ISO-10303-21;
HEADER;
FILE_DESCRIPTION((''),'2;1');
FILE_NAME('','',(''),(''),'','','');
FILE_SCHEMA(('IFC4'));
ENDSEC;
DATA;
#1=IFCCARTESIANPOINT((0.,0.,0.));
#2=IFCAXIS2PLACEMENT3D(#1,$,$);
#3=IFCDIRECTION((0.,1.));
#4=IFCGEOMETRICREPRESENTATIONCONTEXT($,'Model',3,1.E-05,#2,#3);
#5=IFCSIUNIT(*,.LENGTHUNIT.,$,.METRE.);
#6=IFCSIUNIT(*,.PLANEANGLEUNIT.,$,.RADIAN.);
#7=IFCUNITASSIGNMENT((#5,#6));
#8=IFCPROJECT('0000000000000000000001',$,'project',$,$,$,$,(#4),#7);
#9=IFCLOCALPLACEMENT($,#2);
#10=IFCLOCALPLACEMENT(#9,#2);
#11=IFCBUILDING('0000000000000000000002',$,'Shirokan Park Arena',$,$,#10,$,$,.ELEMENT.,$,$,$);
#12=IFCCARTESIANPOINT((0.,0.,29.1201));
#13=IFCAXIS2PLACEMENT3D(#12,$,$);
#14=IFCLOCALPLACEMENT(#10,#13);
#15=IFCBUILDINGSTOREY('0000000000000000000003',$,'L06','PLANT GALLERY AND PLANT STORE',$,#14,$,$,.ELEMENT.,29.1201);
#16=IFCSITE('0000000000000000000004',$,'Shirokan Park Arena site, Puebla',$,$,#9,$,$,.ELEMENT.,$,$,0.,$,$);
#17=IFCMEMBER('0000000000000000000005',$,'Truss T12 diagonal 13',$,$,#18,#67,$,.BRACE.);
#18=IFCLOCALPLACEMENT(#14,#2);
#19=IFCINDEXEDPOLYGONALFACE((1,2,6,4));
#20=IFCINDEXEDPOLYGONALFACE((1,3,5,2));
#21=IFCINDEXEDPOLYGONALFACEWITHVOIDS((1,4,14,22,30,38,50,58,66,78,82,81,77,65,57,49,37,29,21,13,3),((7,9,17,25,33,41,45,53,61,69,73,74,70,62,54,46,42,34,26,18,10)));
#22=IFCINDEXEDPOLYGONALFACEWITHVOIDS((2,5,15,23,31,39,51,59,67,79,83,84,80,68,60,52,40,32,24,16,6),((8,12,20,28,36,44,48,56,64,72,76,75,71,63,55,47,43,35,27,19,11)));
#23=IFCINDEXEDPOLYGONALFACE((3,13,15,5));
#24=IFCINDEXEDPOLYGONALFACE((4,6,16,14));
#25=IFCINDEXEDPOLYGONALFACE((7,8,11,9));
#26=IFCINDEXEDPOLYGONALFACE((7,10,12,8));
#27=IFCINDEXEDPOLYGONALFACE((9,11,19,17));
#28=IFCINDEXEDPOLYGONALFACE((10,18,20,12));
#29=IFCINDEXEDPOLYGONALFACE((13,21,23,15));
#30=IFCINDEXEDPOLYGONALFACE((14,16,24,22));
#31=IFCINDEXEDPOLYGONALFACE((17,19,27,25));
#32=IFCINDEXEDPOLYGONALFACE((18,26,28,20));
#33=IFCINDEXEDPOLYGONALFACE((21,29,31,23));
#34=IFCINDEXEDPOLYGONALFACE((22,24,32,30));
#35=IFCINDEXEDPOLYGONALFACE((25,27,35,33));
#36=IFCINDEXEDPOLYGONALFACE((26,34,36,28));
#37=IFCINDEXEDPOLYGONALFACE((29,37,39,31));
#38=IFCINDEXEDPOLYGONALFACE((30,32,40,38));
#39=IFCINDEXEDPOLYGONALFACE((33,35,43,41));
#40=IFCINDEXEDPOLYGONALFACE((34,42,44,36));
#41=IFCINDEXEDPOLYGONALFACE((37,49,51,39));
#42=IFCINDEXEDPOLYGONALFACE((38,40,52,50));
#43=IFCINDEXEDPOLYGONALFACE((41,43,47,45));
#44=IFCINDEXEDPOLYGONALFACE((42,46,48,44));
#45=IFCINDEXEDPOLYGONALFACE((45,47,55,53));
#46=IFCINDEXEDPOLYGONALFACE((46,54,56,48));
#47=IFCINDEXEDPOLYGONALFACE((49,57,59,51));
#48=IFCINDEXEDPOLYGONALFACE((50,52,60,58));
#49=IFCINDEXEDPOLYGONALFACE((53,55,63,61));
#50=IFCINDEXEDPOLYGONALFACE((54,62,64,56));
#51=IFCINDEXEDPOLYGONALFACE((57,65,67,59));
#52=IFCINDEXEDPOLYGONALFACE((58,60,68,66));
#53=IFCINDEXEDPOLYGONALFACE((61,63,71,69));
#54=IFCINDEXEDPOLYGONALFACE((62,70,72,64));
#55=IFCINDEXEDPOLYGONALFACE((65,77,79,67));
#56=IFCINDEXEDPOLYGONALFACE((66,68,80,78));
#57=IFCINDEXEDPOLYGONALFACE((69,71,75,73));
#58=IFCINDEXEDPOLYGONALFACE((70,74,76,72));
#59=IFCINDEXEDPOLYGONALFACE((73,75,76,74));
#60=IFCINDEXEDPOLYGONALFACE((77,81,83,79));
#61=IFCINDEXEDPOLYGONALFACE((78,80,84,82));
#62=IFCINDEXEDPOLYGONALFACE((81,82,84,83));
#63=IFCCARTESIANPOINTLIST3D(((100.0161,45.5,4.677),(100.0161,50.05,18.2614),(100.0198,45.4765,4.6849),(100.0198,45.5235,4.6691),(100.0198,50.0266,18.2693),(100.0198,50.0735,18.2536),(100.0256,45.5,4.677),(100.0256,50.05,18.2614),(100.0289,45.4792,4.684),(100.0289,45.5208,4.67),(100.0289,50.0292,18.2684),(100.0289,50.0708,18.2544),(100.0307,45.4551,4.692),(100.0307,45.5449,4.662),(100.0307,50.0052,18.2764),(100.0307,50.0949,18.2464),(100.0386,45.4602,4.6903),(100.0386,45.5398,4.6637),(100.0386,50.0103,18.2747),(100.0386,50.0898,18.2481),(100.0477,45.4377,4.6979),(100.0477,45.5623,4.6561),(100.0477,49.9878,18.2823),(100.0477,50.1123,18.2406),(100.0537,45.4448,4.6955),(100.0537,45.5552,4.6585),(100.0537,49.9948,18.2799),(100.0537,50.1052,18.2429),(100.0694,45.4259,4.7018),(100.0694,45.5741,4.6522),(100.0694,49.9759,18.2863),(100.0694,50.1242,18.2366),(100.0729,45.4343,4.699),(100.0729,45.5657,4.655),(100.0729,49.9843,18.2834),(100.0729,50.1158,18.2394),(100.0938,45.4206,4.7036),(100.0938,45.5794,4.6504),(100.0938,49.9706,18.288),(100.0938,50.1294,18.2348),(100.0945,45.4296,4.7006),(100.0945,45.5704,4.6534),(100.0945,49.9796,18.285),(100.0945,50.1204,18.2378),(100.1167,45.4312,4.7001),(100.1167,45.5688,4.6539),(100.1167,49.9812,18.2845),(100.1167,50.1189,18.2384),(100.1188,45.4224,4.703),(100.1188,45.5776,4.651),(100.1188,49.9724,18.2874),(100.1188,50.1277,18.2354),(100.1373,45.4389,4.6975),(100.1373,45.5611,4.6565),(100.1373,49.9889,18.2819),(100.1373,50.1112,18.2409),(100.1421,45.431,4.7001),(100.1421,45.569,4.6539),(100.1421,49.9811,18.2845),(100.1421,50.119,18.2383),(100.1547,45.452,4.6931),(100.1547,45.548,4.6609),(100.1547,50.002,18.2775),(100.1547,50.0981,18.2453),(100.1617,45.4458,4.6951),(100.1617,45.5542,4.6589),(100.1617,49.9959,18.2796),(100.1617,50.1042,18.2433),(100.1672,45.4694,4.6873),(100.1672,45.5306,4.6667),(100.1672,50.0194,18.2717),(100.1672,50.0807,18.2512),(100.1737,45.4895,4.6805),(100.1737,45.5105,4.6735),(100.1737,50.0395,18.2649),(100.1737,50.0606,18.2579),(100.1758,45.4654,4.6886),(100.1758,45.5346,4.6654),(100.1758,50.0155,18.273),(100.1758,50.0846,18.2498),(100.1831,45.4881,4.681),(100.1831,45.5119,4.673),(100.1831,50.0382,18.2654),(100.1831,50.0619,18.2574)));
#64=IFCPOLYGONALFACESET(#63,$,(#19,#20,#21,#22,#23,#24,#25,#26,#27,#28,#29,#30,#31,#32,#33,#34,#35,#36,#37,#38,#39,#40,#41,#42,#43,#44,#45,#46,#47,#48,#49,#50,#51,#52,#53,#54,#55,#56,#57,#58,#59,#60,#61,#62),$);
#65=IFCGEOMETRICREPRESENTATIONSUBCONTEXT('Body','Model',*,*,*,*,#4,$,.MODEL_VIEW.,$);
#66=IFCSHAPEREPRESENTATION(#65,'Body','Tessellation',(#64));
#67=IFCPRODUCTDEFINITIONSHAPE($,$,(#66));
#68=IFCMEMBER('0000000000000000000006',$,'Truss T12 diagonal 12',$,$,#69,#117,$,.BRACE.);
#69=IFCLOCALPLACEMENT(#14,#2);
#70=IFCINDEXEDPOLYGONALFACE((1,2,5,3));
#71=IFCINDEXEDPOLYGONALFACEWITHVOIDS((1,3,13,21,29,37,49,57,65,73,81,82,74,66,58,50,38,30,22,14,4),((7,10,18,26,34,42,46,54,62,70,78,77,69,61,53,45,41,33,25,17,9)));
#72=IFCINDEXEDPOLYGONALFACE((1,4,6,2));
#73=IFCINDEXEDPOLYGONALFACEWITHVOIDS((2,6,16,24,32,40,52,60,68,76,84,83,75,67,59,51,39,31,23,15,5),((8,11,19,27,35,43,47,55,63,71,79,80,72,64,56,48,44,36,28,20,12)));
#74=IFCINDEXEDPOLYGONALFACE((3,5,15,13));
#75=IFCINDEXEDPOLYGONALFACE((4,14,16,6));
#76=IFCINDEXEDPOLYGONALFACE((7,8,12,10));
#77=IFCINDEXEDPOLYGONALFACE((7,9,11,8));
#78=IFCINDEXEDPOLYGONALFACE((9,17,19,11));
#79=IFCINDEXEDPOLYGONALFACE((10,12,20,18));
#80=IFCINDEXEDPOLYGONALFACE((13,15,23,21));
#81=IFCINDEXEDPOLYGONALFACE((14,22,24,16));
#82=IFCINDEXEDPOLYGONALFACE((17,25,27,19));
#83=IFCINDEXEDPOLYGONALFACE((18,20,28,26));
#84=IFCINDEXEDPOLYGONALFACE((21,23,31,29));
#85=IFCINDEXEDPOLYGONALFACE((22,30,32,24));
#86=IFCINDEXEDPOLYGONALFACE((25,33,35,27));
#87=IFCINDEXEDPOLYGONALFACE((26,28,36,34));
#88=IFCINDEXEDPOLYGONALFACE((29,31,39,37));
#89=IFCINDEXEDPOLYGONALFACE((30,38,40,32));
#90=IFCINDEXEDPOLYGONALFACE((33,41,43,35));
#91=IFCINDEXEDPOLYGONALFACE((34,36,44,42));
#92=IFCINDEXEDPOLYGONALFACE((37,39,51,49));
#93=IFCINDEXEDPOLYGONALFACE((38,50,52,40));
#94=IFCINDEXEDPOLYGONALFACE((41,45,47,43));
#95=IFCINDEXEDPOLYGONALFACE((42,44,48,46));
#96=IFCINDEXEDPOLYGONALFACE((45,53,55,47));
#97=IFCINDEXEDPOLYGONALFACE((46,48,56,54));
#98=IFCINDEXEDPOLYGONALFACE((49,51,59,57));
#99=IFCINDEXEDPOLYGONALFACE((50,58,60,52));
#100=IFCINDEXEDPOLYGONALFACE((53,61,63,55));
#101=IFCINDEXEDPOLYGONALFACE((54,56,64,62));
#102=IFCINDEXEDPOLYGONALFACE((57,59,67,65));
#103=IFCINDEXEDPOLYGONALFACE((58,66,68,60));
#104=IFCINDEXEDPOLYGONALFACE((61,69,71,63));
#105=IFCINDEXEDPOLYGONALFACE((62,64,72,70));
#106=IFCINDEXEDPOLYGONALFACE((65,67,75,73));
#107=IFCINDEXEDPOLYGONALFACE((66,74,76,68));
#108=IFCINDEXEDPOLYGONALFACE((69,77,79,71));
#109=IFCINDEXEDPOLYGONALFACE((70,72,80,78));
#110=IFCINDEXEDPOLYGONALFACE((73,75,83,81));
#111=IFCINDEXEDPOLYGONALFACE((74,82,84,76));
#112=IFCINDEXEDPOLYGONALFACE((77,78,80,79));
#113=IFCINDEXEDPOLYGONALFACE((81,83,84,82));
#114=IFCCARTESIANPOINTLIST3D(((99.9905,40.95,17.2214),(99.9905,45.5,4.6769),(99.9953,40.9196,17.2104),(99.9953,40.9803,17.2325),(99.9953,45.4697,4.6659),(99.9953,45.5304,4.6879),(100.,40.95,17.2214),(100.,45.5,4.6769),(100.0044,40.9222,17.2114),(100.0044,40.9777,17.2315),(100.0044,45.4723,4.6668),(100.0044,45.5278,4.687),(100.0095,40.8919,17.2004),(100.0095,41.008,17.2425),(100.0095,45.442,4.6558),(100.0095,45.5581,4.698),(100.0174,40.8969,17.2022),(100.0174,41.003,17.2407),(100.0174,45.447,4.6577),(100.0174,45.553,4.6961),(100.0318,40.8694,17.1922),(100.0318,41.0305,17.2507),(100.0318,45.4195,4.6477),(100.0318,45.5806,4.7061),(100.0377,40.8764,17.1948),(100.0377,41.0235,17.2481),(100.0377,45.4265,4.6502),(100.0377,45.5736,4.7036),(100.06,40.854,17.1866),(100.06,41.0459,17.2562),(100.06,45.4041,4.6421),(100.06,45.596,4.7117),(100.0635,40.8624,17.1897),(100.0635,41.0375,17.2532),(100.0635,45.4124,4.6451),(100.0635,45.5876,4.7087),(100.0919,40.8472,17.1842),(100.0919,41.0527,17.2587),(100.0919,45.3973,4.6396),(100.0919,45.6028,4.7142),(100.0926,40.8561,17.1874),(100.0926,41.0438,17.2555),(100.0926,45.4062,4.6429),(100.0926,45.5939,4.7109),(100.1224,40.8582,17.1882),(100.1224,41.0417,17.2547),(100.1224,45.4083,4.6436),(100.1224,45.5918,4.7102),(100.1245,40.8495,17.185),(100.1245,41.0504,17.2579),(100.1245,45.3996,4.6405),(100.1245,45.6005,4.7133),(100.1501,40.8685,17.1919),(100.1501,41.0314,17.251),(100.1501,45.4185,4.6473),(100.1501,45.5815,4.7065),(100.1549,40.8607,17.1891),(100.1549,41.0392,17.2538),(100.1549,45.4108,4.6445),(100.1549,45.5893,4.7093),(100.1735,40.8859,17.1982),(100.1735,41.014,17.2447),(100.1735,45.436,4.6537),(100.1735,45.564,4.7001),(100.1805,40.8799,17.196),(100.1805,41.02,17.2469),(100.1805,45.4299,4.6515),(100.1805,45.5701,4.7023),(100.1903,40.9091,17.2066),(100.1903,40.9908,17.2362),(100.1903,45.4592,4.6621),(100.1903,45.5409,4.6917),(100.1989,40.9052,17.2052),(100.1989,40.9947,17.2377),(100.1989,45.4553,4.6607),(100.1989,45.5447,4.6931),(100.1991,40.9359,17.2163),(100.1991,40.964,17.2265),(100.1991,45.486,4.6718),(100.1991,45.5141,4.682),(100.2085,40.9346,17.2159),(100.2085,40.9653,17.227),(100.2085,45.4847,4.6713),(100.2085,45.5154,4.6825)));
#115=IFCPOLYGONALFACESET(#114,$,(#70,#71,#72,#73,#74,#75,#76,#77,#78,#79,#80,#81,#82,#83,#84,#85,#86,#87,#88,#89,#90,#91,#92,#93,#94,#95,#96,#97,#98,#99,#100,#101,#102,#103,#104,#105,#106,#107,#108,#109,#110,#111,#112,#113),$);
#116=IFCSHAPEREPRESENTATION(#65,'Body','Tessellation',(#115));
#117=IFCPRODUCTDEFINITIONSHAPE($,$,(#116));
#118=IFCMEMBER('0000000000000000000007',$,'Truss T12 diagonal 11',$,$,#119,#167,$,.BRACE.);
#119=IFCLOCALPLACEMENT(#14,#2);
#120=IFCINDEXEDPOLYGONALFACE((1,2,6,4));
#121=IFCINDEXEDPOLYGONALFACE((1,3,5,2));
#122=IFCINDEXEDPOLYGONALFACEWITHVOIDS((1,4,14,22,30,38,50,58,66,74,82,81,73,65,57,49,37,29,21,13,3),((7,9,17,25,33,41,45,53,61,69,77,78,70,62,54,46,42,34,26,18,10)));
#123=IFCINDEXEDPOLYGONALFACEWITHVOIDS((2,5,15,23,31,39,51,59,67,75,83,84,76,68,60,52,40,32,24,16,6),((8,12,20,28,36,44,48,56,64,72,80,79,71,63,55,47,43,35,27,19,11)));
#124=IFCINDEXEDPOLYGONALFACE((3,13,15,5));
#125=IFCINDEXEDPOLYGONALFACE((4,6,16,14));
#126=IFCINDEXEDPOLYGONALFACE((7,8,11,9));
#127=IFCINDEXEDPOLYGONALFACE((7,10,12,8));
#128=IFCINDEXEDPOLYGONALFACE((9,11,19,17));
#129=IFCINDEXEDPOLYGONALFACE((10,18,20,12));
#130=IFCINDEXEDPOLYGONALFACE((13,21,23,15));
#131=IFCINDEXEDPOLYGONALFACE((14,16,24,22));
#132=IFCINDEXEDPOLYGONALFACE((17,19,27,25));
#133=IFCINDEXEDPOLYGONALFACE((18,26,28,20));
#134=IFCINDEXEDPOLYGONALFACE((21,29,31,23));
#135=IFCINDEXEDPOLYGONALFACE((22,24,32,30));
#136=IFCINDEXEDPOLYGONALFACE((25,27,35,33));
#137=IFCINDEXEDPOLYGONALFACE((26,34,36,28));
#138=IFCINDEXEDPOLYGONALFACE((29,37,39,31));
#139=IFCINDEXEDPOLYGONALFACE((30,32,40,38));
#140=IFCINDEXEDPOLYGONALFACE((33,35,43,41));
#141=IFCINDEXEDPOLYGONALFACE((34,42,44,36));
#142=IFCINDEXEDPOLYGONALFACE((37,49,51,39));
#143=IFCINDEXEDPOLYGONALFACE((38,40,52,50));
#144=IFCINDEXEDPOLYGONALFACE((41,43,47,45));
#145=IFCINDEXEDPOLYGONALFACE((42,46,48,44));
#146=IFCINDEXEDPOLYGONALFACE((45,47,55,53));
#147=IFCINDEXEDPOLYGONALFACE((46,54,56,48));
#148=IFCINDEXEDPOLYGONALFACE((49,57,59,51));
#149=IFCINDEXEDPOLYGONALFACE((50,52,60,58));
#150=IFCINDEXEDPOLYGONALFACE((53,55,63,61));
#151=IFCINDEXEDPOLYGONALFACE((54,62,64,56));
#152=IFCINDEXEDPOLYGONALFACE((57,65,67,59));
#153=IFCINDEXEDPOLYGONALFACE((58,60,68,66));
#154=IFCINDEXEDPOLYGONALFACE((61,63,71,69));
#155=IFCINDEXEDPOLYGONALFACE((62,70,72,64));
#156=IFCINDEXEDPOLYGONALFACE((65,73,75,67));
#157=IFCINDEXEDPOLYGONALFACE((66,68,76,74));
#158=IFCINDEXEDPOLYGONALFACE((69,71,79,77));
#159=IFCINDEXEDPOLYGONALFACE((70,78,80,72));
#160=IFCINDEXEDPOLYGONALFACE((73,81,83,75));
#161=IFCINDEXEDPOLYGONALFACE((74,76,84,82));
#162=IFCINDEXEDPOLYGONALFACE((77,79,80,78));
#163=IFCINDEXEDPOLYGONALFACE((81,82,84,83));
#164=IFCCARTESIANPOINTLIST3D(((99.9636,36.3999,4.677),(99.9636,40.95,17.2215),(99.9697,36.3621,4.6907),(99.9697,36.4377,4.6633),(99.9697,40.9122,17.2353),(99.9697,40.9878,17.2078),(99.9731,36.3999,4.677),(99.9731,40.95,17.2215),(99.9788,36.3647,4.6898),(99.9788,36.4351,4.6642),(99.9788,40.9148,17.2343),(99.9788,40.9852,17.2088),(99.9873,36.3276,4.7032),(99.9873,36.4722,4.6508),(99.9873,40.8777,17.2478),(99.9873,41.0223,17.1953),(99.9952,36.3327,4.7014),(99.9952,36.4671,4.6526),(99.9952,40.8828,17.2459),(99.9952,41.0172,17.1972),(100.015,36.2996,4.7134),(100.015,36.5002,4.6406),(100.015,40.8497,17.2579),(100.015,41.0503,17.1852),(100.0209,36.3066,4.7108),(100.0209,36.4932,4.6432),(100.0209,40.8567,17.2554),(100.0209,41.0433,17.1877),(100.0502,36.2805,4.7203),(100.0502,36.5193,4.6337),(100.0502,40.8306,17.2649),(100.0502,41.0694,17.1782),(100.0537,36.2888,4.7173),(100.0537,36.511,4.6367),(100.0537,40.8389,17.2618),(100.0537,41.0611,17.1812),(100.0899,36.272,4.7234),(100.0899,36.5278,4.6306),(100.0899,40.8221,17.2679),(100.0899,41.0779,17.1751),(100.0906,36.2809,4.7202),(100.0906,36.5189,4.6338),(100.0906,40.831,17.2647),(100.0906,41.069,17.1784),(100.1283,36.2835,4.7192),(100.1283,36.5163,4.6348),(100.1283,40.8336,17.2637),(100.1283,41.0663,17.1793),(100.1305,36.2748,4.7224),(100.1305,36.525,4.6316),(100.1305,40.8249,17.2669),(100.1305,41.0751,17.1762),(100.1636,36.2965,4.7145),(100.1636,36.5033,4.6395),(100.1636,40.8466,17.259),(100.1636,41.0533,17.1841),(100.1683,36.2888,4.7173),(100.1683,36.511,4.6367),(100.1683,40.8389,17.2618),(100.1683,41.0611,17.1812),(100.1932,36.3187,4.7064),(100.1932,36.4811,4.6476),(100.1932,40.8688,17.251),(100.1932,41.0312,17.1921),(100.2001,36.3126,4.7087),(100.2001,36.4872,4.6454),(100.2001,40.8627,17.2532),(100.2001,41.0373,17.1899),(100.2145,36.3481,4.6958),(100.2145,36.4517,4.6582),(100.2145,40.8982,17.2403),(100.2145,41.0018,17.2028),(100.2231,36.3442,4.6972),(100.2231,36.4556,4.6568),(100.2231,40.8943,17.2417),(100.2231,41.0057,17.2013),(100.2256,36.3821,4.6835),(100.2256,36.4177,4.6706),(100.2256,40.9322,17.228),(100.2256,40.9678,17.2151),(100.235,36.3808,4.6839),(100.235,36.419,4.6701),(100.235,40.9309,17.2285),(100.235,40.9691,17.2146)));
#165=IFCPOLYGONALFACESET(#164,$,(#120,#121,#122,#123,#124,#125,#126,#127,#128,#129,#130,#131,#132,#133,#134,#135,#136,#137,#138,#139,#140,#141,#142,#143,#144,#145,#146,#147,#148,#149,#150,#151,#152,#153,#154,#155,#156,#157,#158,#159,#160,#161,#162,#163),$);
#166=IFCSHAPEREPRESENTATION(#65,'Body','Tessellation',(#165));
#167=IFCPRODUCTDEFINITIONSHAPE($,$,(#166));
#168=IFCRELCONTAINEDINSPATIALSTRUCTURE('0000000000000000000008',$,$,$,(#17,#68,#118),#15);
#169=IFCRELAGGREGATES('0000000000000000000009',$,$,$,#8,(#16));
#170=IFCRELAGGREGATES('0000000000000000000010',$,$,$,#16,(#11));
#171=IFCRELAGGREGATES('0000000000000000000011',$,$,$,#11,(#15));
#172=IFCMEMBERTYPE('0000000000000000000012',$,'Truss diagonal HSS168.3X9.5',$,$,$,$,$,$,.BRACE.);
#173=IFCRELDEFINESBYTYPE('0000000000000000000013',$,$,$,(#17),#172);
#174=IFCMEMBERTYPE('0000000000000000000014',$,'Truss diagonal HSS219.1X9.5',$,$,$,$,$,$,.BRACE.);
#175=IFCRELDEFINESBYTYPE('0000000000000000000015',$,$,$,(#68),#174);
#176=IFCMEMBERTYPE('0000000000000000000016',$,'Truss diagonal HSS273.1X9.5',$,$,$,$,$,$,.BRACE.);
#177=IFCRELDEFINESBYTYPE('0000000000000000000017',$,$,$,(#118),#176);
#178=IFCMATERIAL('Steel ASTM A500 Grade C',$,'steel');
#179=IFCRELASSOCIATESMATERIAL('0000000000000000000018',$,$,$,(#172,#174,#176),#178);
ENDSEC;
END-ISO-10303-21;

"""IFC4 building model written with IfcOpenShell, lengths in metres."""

from ifc_helpers import new_model, si_unit, direction, frame, origin, origin_2d, place, context, subcontext, project, spatial, hollow_circle, extrude, material, material_profile, profile_set, type_object, element, save


model = new_model("IFC4")

# Units and contexts
model_context = context("Model", 3, precision=1e-05, world=origin(), true_north=direction((0.0, 1.0)))
body_context = subcontext(model_context, "Body", "Model", "MODEL_VIEW")
ifc_project = project(units=[si_unit("LENGTHUNIT", "METRE"), si_unit("PLANEANGLEUNIT", "RADIAN")], contexts=[model_context])

# Site, building, storey
site_placement = place(None, origin())
site = spatial("IfcSite", under=ifc_project, at=site_placement, Name="Shirokan Park Arena site, Puebla", CompositionType="ELEMENT", RefElevation=0.0)
building_placement = place(site_placement, origin())
building = spatial("IfcBuilding", under=site, at=building_placement, Name="Shirokan Park Arena", CompositionType="ELEMENT")
storey_placement = place(building_placement, frame((0.0, 0.0, 29.1201)))
storey = spatial("IfcBuildingStorey", under=building, at=storey_placement, Name="L06", Description="PLANT GALLERY AND PLANT STORE", CompositionType="ELEMENT", Elevation=29.1201)

# Members
ifc_material_1 = material(Name="Steel ASTM A500 Grade C", Category="steel")
ifc_material_profile_1 = material_profile(ifc_material_1, hollow_circle(Radius=0.084, WallThickness=0.0095, at=origin_2d()), Name="HSS168.3X9.5")
ifc_profile_set_1 = profile_set([ifc_material_profile_1], Name="Steel ASTM A500 Grade C")
member_type_1 = type_object("IfcMemberType", Name="Truss diagonal HSS168.3X9.5", PredefinedType="BRACE", material=ifc_profile_set_1)
member_1_placement = place(storey_placement, frame((100.1001, 45.5, 4.677), z_axis=(0.0, 0.317603, 0.948224), x_axis=(-1.0, 0.0, 0.0)))
element("IfcMember", 1, at=member_1_placement, inside=storey, type_object=member_type_1, Name="Truss T12 diagonal 13", PredefinedType="BRACE", context=body_context, shape_type="SweptSolid", body=[
    extrude(hollow_circle(Radius=0.084, WallThickness=0.0095, at=origin_2d()), origin(), (0.0, 0.0, 1.0), 14.3262),
])
ifc_material_profile_2 = material_profile(ifc_material_1, hollow_circle(Radius=0.1096, WallThickness=0.0095, at=origin_2d()), Name="HSS219.1X9.5")
ifc_profile_set_2 = profile_set([ifc_material_profile_2], Name="Steel ASTM A500 Grade C")
member_type_2 = type_object("IfcMemberType", Name="Truss diagonal HSS219.1X9.5", PredefinedType="BRACE", material=ifc_profile_set_2)
member_2_placement = place(storey_placement, frame((100.1001, 40.95, 17.2214), z_axis=(0.0, 0.340978, -0.940071), x_axis=(-1.0, 0.0, 0.0)))
element("IfcMember", 2, at=member_2_placement, inside=storey, type_object=member_type_2, Name="Truss T12 diagonal 12", PredefinedType="BRACE", context=body_context, shape_type="SweptSolid", body=[
    extrude(hollow_circle(Radius=0.1096, WallThickness=0.0095, at=origin_2d()), origin(), (0.0, 0.0, 1.0), 13.3442),
])
ifc_material_profile_3 = material_profile(ifc_material_1, hollow_circle(Radius=0.1365, WallThickness=0.0095, at=origin_2d()), Name="HSS273.1X9.5")
ifc_profile_set_3 = profile_set([ifc_material_profile_3], Name="Steel ASTM A500 Grade C")
member_type_3 = type_object("IfcMemberType", Name="Truss diagonal HSS273.1X9.5", PredefinedType="BRACE", material=ifc_profile_set_3)
member_3_placement = place(storey_placement, frame((100.1001, 36.3999, 4.677), z_axis=(0.0, 0.340978, 0.940071), x_axis=(-1.0, 0.0, 0.0)))
element("IfcMember", 3, at=member_3_placement, inside=storey, type_object=member_type_3, Name="Truss T12 diagonal 11", PredefinedType="BRACE", context=body_context, shape_type="SweptSolid", body=[
    extrude(hollow_circle(Radius=0.1365, WallThickness=0.0095, at=origin_2d()), origin(), (0.0, 0.0, 1.0), 13.3442),
])

save(model, "model.ifc")
